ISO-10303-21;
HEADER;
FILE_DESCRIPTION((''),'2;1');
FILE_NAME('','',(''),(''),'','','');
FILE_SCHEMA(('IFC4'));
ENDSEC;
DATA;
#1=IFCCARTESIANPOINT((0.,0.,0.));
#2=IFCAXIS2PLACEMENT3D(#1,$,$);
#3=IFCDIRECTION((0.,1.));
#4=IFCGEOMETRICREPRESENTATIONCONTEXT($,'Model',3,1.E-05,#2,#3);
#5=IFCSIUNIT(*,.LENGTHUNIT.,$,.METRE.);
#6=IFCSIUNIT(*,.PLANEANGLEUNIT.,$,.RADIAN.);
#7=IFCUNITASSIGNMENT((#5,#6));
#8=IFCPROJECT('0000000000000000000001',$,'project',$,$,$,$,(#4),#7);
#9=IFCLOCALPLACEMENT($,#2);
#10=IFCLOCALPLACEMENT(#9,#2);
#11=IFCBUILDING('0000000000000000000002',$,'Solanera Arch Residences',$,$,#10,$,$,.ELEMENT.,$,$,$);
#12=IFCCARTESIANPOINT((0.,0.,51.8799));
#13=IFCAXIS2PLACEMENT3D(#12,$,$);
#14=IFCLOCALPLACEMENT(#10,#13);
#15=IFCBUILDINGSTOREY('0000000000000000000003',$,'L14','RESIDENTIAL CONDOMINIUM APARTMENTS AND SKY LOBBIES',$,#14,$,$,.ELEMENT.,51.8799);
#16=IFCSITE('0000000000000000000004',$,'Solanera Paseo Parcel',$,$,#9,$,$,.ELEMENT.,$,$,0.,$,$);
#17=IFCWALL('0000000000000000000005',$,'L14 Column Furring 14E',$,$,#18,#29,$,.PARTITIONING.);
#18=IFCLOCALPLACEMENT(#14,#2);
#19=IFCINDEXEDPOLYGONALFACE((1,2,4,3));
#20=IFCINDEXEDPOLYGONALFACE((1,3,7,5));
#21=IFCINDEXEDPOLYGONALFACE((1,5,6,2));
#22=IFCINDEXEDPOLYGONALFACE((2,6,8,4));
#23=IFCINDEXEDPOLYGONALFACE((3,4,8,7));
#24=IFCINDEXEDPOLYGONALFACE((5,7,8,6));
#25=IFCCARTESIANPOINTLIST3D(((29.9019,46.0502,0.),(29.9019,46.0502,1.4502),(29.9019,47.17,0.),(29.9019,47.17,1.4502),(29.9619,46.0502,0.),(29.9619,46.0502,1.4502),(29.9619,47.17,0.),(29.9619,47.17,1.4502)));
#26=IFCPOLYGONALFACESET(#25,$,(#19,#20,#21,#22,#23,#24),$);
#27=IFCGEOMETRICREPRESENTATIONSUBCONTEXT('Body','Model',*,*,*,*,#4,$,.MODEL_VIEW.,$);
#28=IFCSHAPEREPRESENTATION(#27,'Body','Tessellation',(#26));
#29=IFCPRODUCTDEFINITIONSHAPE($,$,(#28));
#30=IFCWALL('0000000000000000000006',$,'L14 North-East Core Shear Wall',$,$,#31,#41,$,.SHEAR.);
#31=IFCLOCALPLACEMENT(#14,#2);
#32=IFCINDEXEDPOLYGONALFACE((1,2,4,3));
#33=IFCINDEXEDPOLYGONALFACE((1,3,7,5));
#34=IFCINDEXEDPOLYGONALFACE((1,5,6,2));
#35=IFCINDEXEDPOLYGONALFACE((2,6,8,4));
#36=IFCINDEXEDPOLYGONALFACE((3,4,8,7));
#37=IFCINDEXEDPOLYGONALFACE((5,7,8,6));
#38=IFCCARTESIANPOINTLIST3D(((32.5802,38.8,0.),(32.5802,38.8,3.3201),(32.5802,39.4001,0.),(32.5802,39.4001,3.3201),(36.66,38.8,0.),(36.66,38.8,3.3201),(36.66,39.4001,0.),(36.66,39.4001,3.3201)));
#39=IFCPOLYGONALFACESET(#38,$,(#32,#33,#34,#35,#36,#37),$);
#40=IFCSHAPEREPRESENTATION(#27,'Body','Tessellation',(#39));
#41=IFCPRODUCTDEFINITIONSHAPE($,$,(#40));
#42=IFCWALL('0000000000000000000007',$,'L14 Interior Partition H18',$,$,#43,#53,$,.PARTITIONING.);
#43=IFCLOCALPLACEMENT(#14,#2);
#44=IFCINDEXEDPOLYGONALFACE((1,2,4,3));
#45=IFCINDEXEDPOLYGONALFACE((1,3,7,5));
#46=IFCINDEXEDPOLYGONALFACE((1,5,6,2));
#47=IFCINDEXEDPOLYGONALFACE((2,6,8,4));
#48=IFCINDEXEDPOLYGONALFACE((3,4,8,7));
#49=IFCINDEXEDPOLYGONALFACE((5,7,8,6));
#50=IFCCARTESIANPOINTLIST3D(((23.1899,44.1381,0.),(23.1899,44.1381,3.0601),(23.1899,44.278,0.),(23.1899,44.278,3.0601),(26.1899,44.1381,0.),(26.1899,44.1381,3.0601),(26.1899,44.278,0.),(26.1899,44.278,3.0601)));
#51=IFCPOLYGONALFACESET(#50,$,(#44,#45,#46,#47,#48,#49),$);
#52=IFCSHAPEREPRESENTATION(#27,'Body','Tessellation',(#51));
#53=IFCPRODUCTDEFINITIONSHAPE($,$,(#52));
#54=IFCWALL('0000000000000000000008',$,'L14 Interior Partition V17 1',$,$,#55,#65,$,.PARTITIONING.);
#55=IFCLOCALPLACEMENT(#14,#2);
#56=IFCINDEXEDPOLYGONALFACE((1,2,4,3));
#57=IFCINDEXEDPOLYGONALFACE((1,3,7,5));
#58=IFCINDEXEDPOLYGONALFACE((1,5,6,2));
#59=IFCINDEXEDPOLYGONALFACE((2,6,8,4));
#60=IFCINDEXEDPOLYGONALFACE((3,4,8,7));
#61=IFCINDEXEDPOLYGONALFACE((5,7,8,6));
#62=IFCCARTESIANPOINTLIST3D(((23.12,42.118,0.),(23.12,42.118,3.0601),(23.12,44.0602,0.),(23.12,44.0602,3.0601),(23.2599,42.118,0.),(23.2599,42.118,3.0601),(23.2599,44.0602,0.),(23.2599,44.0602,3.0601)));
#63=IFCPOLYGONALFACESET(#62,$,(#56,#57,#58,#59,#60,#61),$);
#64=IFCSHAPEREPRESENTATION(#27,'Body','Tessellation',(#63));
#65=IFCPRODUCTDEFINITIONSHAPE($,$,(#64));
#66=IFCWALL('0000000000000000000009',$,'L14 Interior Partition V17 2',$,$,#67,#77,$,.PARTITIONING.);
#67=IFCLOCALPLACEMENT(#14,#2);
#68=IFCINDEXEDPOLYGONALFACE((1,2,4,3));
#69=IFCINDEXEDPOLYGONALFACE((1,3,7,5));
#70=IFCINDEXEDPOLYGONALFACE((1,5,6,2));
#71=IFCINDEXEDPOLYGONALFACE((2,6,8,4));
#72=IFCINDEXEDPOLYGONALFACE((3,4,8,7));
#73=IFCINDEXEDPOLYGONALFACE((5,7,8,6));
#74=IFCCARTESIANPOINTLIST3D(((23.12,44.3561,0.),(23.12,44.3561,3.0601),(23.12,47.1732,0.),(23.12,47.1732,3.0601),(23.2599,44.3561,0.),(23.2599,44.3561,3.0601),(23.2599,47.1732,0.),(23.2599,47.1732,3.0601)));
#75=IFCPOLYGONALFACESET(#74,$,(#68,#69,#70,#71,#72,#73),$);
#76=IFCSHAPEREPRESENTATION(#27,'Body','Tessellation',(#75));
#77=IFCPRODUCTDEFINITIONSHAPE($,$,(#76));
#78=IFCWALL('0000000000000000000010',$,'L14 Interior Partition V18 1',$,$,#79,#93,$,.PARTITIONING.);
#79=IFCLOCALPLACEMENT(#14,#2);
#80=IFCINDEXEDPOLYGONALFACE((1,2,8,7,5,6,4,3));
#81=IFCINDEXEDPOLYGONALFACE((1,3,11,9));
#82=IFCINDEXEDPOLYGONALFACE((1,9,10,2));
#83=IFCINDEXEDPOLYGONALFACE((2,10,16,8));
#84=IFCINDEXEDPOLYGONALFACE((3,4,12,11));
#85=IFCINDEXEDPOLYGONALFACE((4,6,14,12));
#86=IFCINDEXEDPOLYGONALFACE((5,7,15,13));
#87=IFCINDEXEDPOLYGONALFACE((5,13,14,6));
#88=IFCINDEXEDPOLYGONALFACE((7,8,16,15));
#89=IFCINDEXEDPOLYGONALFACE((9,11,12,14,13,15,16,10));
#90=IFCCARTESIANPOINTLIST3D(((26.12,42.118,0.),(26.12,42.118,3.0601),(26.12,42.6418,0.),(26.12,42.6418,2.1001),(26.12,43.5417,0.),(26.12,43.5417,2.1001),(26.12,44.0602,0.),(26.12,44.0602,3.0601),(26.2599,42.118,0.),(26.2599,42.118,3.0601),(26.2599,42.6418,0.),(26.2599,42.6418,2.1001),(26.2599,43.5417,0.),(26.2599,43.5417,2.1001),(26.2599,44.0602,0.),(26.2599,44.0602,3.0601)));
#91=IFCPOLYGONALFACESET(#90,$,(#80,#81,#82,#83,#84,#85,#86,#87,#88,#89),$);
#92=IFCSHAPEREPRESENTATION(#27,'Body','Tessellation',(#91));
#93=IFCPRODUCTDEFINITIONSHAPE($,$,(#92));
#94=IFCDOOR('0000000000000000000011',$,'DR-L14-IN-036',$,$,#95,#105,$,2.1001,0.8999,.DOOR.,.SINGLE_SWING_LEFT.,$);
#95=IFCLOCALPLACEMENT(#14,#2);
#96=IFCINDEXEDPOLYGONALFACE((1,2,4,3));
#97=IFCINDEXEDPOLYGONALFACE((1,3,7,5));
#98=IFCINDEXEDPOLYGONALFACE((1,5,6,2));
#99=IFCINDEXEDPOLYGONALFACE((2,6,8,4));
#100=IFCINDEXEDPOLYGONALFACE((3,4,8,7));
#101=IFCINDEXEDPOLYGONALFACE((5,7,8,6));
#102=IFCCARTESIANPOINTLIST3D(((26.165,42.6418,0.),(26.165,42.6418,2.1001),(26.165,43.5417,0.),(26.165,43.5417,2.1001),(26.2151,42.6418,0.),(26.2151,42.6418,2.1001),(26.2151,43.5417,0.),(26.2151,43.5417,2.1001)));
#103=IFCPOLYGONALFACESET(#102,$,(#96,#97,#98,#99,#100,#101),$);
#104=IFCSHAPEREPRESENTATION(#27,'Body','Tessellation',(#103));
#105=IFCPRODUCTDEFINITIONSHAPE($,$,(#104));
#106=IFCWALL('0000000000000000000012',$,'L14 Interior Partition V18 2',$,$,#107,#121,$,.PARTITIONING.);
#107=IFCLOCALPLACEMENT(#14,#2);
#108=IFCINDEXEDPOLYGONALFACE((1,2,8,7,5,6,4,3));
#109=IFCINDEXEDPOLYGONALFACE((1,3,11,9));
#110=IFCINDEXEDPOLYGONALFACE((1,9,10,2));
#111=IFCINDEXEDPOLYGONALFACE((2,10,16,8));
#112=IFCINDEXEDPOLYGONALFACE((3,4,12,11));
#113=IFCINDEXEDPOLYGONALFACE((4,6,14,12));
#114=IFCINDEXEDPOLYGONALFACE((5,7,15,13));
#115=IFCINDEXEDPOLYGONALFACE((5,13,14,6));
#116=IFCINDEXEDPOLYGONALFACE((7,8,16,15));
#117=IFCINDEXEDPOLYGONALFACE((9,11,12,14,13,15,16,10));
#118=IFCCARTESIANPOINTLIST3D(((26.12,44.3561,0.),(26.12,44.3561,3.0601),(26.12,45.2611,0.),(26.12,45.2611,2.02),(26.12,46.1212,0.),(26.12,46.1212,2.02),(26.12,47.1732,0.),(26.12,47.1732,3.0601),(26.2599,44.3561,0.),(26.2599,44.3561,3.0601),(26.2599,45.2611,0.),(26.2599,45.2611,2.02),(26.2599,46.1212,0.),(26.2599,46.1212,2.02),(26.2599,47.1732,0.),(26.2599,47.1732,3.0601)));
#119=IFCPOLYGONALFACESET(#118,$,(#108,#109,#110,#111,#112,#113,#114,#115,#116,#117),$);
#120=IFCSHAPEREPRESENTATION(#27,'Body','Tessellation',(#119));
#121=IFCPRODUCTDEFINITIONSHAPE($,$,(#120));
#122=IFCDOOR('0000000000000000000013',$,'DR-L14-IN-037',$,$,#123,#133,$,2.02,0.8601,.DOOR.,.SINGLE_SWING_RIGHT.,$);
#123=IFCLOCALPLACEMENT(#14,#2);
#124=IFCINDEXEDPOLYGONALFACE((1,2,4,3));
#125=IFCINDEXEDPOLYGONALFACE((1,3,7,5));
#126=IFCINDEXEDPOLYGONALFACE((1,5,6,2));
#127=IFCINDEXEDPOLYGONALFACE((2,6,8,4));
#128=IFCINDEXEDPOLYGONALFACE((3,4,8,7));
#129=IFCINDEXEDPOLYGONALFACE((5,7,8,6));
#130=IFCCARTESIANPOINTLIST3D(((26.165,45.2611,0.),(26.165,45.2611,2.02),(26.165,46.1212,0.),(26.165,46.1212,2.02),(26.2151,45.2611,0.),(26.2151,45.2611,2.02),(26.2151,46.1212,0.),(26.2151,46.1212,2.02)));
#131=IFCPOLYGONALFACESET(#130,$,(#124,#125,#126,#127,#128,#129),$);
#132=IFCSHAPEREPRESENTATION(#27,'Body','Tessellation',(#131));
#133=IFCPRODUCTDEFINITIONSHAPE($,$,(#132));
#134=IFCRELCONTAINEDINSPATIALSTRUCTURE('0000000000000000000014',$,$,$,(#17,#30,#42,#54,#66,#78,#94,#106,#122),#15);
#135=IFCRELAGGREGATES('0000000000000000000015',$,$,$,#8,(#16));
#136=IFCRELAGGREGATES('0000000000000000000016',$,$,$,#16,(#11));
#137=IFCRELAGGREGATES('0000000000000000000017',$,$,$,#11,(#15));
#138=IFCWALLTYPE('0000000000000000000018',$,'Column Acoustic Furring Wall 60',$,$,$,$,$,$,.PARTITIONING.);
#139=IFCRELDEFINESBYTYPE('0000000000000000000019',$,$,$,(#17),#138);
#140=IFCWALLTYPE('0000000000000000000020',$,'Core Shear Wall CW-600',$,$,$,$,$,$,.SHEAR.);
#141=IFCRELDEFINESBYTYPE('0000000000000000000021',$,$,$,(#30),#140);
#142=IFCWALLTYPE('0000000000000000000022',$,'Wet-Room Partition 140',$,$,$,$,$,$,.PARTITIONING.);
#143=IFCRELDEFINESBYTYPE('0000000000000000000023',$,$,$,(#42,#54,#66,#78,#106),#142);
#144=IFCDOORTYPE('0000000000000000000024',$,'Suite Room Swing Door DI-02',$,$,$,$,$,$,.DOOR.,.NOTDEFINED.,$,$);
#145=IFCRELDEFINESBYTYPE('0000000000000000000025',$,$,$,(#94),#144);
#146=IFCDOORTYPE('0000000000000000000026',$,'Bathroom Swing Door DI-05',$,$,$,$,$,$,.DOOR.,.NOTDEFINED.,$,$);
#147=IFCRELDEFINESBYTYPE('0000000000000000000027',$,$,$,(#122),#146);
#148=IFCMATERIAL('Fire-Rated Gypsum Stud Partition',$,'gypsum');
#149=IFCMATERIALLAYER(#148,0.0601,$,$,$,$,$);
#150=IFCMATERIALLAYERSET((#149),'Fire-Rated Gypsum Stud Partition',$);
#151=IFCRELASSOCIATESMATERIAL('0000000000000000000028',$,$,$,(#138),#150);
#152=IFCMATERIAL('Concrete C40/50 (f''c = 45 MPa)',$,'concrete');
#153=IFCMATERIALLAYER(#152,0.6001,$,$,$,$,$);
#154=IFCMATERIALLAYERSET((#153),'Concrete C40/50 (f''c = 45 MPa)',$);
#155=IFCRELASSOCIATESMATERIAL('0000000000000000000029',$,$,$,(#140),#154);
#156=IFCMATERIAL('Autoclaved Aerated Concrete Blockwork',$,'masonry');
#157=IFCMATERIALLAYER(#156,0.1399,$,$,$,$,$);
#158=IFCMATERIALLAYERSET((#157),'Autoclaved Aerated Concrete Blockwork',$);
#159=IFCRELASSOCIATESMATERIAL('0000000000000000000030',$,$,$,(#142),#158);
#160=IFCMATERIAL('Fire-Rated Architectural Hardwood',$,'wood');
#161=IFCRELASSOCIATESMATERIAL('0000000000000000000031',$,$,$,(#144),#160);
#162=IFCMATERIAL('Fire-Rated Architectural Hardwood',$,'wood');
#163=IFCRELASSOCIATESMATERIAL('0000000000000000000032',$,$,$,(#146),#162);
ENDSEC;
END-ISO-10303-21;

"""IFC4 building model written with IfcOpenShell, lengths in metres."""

from ifc_helpers import new_model, si_unit, direction, frame, frame_2d, origin, place, context, subcontext, project, spatial, rectangle, extrude, material, layer, layer_set, type_object, element, fill, save


model = new_model("IFC4")

# Units and contexts
model_context = context("Model", 3, precision=1e-05, world=origin(), true_north=direction((0.0, 1.0)))
body_context = subcontext(model_context, "Body", "Model", "MODEL_VIEW")
ifc_project = project(units=[si_unit("LENGTHUNIT", "METRE"), si_unit("PLANEANGLEUNIT", "RADIAN")], contexts=[model_context])

# Site, building, storey
site_placement = place(None, origin())
site = spatial("IfcSite", under=ifc_project, at=site_placement, Name="Solanera Paseo Parcel", CompositionType="ELEMENT", RefElevation=0.0)
building_placement = place(site_placement, origin())
building = spatial("IfcBuilding", under=site, at=building_placement, Name="Solanera Arch Residences", CompositionType="ELEMENT")
storey_placement = place(building_placement, frame((0.0, 0.0, 51.8799)))
storey = spatial("IfcBuildingStorey", under=building, at=storey_placement, Name="L14", Description="RESIDENTIAL CONDOMINIUM APARTMENTS AND SKY LOBBIES", CompositionType="ELEMENT", Elevation=51.8799)

# Walls
ifc_material_1 = material(Name="Fire-Rated Gypsum Stud Partition", Category="gypsum")
ifc_layer_1 = layer(ifc_material_1, 0.0601)
ifc_layer_set_1 = layer_set([ifc_layer_1], Name="Fire-Rated Gypsum Stud Partition")
wall_type_1 = type_object("IfcWallType", Name="Column Acoustic Furring Wall 60", PredefinedType="PARTITIONING", material=ifc_layer_set_1)
for number, where, z_axis, x_axis, name in (
    (1, (29.9319, 46.05, 0.0), (0.0, 0.0, 1.0), (0.0, 1.0, 0.0), "L14 Column Furring 14E"),
):
    element("IfcWall", number, at=place(storey_placement, frame(where, z_axis=z_axis, x_axis=x_axis)), inside=storey, type_object=wall_type_1, Name=name, PredefinedType="PARTITIONING", context=body_context, shape_type="SweptSolid", body=[
        extrude(rectangle(XDim=1.1199, YDim=0.0601, at=frame_2d((0.5601, 0.0))), origin(), (0.0, 0.0, 1.0), 1.4502),
    ])
ifc_material_2 = material(Name="Concrete C40/50 (f'c = 45 MPa)", Category="concrete")
ifc_layer_2 = layer(ifc_material_2, 0.6001)
ifc_layer_set_2 = layer_set([ifc_layer_2], Name="Concrete C40/50 (f'c = 45 MPa)")
wall_type_2 = type_object("IfcWallType", Name="Core Shear Wall CW-600", PredefinedType="SHEAR", material=ifc_layer_set_2)
wall_1_placement = place(storey_placement, frame((32.5801, 39.1001, 0.0), z_axis=(0.0, 0.0, 1.0), x_axis=(1.0, 0.0, 0.0)))
element("IfcWall", 2, at=wall_1_placement, inside=storey, type_object=wall_type_2, Name="L14 North-East Core Shear Wall", PredefinedType="SHEAR", context=body_context, shape_type="SweptSolid", body=[
    extrude(rectangle(XDim=4.0798, YDim=0.6001, at=frame_2d((2.04, 0.0))), origin(), (0.0, 0.0, 1.0), 3.3201),
])
ifc_material_3 = material(Name="Autoclaved Aerated Concrete Blockwork", Category="masonry")
ifc_layer_3 = layer(ifc_material_3, 0.1399)
ifc_layer_set_3 = layer_set([ifc_layer_3], Name="Autoclaved Aerated Concrete Blockwork")
wall_type_3 = type_object("IfcWallType", Name="Wet-Room Partition 140", PredefinedType="PARTITIONING", material=ifc_layer_set_3)
wall_2_placement = place(storey_placement, frame((23.1899, 44.208, 0.0), z_axis=(0.0, 0.0, 1.0), x_axis=(1.0, 0.0, 0.0)))
element("IfcWall", 3, at=wall_2_placement, inside=storey, type_object=wall_type_3, Name="L14 Interior Partition H18", PredefinedType="PARTITIONING", context=body_context, shape_type="SweptSolid", body=[
    extrude(rectangle(XDim=3.0, YDim=0.1399, at=frame_2d((1.5, 0.0))), origin(), (0.0, 0.0, 1.0), 3.0601),
])
wall_3_placement = place(storey_placement, frame((23.1899, 42.1179, 0.0), z_axis=(0.0, 0.0, 1.0), x_axis=(0.0, 1.0, 0.0)))
element("IfcWall", 4, at=wall_3_placement, inside=storey, type_object=wall_type_3, Name="L14 Interior Partition V17 1", PredefinedType="PARTITIONING", context=body_context, shape_type="SweptSolid", body=[
    extrude(rectangle(XDim=1.9421, YDim=0.1399, at=frame_2d((0.9712, 0.0))), origin(), (0.0, 0.0, 1.0), 3.0601),
])
wall_4_placement = place(storey_placement, frame((23.1899, 44.356, 0.0), z_axis=(0.0, 0.0, 1.0), x_axis=(0.0, 1.0, 0.0)))
element("IfcWall", 5, at=wall_4_placement, inside=storey, type_object=wall_type_3, Name="L14 Interior Partition V17 2", PredefinedType="PARTITIONING", context=body_context, shape_type="SweptSolid", body=[
    extrude(rectangle(XDim=2.8171, YDim=0.1399, at=frame_2d((1.4087, 0.0))), origin(), (0.0, 0.0, 1.0), 3.0601),
])

# Walls, openings, doors
wall_5_placement = place(storey_placement, frame((26.1899, 42.1179, 0.0), z_axis=(0.0, 0.0, 1.0), x_axis=(0.0, 1.0, 0.0)))
wall_5 = element("IfcWall", 6, at=wall_5_placement, inside=storey, type_object=wall_type_3, Name="L14 Interior Partition V18 1", PredefinedType="PARTITIONING", context=body_context, shape_type="SweptSolid", body=[
    extrude(rectangle(XDim=1.9421, YDim=0.1399, at=frame_2d((0.9712, 0.0))), origin(), (0.0, 0.0, 1.0), 3.0601),
])
opening_1_placement = place(wall_5_placement, frame((0.5239, 0.0, 0.0)))
opening_1 = element("IfcOpeningElement", 7, at=opening_1_placement, cuts=wall_5, PredefinedType="OPENING", context=body_context, shape_type="SweptSolid", body=[
    extrude(rectangle(XDim=0.8999, YDim=2.1001, at=frame_2d((0.45, 1.05))), frame((0.0, 0.0798, 0.0), z_axis=(0.0, -1.0, 0.0), x_axis=(1.0, 0.0, 0.0)), (0.0, 0.0, 1.0), 0.1599),
])
ifc_material_4 = material(Name="Fire-Rated Architectural Hardwood", Category="wood")
door_type_1 = type_object("IfcDoorType", Name="Suite Room Swing Door DI-02", OperationType="NOTDEFINED", PredefinedType="DOOR", material=ifc_material_4)
door_1_placement = place(opening_1_placement, origin())
door_1 = element("IfcDoor", 8, at=door_1_placement, inside=storey, type_object=door_type_1, Name="DR-L14-IN-036", OperationType="SINGLE_SWING_LEFT", OverallHeight=2.1001, OverallWidth=0.8999, PredefinedType="DOOR", context=body_context, shape_type="SweptSolid", body=[
    extrude(rectangle(XDim=0.8999, YDim=2.1001, at=frame_2d((0.45, 1.05))), frame((0.0, 0.0249, 0.0), z_axis=(0.0, -1.0, 0.0), x_axis=(1.0, 0.0, 0.0)), (0.0, 0.0, 1.0), 0.05),
])
fill(opening_1, door_1)
wall_6_placement = place(storey_placement, frame((26.1899, 44.356, 0.0), z_axis=(0.0, 0.0, 1.0), x_axis=(0.0, 1.0, 0.0)))
wall_6 = element("IfcWall", 9, at=wall_6_placement, inside=storey, type_object=wall_type_3, Name="L14 Interior Partition V18 2", PredefinedType="PARTITIONING", context=body_context, shape_type="SweptSolid", body=[
    extrude(rectangle(XDim=2.8171, YDim=0.1399, at=frame_2d((1.4087, 0.0))), origin(), (0.0, 0.0, 1.0), 3.0601),
])
opening_2_placement = place(wall_6_placement, frame((0.905, 0.0, 0.0)))
opening_2 = element("IfcOpeningElement", 10, at=opening_2_placement, cuts=wall_6, PredefinedType="OPENING", context=body_context, shape_type="SweptSolid", body=[
    extrude(rectangle(XDim=0.8601, YDim=2.02, at=frame_2d((0.4302, 1.01))), frame((0.0, 0.0798, 0.0), z_axis=(0.0, -1.0, 0.0), x_axis=(1.0, 0.0, 0.0)), (0.0, 0.0, 1.0), 0.1599),
])
ifc_material_5 = material(Name="Fire-Rated Architectural Hardwood", Category="wood")
door_type_2 = type_object("IfcDoorType", Name="Bathroom Swing Door DI-05", OperationType="NOTDEFINED", PredefinedType="DOOR", material=ifc_material_5)
door_2_placement = place(opening_2_placement, origin())
door_2 = element("IfcDoor", 11, at=door_2_placement, inside=storey, type_object=door_type_2, Name="DR-L14-IN-037", OperationType="SINGLE_SWING_RIGHT", OverallHeight=2.02, OverallWidth=0.8601, PredefinedType="DOOR", context=body_context, shape_type="SweptSolid", body=[
    extrude(rectangle(XDim=0.8601, YDim=2.02, at=frame_2d((0.4302, 1.01))), frame((0.0, 0.0249, 0.0), z_axis=(0.0, -1.0, 0.0), x_axis=(1.0, 0.0, 0.0)), (0.0, 0.0, 1.0), 0.05),
])
fill(opening_2, door_2)

save(model, "model.ifc")
